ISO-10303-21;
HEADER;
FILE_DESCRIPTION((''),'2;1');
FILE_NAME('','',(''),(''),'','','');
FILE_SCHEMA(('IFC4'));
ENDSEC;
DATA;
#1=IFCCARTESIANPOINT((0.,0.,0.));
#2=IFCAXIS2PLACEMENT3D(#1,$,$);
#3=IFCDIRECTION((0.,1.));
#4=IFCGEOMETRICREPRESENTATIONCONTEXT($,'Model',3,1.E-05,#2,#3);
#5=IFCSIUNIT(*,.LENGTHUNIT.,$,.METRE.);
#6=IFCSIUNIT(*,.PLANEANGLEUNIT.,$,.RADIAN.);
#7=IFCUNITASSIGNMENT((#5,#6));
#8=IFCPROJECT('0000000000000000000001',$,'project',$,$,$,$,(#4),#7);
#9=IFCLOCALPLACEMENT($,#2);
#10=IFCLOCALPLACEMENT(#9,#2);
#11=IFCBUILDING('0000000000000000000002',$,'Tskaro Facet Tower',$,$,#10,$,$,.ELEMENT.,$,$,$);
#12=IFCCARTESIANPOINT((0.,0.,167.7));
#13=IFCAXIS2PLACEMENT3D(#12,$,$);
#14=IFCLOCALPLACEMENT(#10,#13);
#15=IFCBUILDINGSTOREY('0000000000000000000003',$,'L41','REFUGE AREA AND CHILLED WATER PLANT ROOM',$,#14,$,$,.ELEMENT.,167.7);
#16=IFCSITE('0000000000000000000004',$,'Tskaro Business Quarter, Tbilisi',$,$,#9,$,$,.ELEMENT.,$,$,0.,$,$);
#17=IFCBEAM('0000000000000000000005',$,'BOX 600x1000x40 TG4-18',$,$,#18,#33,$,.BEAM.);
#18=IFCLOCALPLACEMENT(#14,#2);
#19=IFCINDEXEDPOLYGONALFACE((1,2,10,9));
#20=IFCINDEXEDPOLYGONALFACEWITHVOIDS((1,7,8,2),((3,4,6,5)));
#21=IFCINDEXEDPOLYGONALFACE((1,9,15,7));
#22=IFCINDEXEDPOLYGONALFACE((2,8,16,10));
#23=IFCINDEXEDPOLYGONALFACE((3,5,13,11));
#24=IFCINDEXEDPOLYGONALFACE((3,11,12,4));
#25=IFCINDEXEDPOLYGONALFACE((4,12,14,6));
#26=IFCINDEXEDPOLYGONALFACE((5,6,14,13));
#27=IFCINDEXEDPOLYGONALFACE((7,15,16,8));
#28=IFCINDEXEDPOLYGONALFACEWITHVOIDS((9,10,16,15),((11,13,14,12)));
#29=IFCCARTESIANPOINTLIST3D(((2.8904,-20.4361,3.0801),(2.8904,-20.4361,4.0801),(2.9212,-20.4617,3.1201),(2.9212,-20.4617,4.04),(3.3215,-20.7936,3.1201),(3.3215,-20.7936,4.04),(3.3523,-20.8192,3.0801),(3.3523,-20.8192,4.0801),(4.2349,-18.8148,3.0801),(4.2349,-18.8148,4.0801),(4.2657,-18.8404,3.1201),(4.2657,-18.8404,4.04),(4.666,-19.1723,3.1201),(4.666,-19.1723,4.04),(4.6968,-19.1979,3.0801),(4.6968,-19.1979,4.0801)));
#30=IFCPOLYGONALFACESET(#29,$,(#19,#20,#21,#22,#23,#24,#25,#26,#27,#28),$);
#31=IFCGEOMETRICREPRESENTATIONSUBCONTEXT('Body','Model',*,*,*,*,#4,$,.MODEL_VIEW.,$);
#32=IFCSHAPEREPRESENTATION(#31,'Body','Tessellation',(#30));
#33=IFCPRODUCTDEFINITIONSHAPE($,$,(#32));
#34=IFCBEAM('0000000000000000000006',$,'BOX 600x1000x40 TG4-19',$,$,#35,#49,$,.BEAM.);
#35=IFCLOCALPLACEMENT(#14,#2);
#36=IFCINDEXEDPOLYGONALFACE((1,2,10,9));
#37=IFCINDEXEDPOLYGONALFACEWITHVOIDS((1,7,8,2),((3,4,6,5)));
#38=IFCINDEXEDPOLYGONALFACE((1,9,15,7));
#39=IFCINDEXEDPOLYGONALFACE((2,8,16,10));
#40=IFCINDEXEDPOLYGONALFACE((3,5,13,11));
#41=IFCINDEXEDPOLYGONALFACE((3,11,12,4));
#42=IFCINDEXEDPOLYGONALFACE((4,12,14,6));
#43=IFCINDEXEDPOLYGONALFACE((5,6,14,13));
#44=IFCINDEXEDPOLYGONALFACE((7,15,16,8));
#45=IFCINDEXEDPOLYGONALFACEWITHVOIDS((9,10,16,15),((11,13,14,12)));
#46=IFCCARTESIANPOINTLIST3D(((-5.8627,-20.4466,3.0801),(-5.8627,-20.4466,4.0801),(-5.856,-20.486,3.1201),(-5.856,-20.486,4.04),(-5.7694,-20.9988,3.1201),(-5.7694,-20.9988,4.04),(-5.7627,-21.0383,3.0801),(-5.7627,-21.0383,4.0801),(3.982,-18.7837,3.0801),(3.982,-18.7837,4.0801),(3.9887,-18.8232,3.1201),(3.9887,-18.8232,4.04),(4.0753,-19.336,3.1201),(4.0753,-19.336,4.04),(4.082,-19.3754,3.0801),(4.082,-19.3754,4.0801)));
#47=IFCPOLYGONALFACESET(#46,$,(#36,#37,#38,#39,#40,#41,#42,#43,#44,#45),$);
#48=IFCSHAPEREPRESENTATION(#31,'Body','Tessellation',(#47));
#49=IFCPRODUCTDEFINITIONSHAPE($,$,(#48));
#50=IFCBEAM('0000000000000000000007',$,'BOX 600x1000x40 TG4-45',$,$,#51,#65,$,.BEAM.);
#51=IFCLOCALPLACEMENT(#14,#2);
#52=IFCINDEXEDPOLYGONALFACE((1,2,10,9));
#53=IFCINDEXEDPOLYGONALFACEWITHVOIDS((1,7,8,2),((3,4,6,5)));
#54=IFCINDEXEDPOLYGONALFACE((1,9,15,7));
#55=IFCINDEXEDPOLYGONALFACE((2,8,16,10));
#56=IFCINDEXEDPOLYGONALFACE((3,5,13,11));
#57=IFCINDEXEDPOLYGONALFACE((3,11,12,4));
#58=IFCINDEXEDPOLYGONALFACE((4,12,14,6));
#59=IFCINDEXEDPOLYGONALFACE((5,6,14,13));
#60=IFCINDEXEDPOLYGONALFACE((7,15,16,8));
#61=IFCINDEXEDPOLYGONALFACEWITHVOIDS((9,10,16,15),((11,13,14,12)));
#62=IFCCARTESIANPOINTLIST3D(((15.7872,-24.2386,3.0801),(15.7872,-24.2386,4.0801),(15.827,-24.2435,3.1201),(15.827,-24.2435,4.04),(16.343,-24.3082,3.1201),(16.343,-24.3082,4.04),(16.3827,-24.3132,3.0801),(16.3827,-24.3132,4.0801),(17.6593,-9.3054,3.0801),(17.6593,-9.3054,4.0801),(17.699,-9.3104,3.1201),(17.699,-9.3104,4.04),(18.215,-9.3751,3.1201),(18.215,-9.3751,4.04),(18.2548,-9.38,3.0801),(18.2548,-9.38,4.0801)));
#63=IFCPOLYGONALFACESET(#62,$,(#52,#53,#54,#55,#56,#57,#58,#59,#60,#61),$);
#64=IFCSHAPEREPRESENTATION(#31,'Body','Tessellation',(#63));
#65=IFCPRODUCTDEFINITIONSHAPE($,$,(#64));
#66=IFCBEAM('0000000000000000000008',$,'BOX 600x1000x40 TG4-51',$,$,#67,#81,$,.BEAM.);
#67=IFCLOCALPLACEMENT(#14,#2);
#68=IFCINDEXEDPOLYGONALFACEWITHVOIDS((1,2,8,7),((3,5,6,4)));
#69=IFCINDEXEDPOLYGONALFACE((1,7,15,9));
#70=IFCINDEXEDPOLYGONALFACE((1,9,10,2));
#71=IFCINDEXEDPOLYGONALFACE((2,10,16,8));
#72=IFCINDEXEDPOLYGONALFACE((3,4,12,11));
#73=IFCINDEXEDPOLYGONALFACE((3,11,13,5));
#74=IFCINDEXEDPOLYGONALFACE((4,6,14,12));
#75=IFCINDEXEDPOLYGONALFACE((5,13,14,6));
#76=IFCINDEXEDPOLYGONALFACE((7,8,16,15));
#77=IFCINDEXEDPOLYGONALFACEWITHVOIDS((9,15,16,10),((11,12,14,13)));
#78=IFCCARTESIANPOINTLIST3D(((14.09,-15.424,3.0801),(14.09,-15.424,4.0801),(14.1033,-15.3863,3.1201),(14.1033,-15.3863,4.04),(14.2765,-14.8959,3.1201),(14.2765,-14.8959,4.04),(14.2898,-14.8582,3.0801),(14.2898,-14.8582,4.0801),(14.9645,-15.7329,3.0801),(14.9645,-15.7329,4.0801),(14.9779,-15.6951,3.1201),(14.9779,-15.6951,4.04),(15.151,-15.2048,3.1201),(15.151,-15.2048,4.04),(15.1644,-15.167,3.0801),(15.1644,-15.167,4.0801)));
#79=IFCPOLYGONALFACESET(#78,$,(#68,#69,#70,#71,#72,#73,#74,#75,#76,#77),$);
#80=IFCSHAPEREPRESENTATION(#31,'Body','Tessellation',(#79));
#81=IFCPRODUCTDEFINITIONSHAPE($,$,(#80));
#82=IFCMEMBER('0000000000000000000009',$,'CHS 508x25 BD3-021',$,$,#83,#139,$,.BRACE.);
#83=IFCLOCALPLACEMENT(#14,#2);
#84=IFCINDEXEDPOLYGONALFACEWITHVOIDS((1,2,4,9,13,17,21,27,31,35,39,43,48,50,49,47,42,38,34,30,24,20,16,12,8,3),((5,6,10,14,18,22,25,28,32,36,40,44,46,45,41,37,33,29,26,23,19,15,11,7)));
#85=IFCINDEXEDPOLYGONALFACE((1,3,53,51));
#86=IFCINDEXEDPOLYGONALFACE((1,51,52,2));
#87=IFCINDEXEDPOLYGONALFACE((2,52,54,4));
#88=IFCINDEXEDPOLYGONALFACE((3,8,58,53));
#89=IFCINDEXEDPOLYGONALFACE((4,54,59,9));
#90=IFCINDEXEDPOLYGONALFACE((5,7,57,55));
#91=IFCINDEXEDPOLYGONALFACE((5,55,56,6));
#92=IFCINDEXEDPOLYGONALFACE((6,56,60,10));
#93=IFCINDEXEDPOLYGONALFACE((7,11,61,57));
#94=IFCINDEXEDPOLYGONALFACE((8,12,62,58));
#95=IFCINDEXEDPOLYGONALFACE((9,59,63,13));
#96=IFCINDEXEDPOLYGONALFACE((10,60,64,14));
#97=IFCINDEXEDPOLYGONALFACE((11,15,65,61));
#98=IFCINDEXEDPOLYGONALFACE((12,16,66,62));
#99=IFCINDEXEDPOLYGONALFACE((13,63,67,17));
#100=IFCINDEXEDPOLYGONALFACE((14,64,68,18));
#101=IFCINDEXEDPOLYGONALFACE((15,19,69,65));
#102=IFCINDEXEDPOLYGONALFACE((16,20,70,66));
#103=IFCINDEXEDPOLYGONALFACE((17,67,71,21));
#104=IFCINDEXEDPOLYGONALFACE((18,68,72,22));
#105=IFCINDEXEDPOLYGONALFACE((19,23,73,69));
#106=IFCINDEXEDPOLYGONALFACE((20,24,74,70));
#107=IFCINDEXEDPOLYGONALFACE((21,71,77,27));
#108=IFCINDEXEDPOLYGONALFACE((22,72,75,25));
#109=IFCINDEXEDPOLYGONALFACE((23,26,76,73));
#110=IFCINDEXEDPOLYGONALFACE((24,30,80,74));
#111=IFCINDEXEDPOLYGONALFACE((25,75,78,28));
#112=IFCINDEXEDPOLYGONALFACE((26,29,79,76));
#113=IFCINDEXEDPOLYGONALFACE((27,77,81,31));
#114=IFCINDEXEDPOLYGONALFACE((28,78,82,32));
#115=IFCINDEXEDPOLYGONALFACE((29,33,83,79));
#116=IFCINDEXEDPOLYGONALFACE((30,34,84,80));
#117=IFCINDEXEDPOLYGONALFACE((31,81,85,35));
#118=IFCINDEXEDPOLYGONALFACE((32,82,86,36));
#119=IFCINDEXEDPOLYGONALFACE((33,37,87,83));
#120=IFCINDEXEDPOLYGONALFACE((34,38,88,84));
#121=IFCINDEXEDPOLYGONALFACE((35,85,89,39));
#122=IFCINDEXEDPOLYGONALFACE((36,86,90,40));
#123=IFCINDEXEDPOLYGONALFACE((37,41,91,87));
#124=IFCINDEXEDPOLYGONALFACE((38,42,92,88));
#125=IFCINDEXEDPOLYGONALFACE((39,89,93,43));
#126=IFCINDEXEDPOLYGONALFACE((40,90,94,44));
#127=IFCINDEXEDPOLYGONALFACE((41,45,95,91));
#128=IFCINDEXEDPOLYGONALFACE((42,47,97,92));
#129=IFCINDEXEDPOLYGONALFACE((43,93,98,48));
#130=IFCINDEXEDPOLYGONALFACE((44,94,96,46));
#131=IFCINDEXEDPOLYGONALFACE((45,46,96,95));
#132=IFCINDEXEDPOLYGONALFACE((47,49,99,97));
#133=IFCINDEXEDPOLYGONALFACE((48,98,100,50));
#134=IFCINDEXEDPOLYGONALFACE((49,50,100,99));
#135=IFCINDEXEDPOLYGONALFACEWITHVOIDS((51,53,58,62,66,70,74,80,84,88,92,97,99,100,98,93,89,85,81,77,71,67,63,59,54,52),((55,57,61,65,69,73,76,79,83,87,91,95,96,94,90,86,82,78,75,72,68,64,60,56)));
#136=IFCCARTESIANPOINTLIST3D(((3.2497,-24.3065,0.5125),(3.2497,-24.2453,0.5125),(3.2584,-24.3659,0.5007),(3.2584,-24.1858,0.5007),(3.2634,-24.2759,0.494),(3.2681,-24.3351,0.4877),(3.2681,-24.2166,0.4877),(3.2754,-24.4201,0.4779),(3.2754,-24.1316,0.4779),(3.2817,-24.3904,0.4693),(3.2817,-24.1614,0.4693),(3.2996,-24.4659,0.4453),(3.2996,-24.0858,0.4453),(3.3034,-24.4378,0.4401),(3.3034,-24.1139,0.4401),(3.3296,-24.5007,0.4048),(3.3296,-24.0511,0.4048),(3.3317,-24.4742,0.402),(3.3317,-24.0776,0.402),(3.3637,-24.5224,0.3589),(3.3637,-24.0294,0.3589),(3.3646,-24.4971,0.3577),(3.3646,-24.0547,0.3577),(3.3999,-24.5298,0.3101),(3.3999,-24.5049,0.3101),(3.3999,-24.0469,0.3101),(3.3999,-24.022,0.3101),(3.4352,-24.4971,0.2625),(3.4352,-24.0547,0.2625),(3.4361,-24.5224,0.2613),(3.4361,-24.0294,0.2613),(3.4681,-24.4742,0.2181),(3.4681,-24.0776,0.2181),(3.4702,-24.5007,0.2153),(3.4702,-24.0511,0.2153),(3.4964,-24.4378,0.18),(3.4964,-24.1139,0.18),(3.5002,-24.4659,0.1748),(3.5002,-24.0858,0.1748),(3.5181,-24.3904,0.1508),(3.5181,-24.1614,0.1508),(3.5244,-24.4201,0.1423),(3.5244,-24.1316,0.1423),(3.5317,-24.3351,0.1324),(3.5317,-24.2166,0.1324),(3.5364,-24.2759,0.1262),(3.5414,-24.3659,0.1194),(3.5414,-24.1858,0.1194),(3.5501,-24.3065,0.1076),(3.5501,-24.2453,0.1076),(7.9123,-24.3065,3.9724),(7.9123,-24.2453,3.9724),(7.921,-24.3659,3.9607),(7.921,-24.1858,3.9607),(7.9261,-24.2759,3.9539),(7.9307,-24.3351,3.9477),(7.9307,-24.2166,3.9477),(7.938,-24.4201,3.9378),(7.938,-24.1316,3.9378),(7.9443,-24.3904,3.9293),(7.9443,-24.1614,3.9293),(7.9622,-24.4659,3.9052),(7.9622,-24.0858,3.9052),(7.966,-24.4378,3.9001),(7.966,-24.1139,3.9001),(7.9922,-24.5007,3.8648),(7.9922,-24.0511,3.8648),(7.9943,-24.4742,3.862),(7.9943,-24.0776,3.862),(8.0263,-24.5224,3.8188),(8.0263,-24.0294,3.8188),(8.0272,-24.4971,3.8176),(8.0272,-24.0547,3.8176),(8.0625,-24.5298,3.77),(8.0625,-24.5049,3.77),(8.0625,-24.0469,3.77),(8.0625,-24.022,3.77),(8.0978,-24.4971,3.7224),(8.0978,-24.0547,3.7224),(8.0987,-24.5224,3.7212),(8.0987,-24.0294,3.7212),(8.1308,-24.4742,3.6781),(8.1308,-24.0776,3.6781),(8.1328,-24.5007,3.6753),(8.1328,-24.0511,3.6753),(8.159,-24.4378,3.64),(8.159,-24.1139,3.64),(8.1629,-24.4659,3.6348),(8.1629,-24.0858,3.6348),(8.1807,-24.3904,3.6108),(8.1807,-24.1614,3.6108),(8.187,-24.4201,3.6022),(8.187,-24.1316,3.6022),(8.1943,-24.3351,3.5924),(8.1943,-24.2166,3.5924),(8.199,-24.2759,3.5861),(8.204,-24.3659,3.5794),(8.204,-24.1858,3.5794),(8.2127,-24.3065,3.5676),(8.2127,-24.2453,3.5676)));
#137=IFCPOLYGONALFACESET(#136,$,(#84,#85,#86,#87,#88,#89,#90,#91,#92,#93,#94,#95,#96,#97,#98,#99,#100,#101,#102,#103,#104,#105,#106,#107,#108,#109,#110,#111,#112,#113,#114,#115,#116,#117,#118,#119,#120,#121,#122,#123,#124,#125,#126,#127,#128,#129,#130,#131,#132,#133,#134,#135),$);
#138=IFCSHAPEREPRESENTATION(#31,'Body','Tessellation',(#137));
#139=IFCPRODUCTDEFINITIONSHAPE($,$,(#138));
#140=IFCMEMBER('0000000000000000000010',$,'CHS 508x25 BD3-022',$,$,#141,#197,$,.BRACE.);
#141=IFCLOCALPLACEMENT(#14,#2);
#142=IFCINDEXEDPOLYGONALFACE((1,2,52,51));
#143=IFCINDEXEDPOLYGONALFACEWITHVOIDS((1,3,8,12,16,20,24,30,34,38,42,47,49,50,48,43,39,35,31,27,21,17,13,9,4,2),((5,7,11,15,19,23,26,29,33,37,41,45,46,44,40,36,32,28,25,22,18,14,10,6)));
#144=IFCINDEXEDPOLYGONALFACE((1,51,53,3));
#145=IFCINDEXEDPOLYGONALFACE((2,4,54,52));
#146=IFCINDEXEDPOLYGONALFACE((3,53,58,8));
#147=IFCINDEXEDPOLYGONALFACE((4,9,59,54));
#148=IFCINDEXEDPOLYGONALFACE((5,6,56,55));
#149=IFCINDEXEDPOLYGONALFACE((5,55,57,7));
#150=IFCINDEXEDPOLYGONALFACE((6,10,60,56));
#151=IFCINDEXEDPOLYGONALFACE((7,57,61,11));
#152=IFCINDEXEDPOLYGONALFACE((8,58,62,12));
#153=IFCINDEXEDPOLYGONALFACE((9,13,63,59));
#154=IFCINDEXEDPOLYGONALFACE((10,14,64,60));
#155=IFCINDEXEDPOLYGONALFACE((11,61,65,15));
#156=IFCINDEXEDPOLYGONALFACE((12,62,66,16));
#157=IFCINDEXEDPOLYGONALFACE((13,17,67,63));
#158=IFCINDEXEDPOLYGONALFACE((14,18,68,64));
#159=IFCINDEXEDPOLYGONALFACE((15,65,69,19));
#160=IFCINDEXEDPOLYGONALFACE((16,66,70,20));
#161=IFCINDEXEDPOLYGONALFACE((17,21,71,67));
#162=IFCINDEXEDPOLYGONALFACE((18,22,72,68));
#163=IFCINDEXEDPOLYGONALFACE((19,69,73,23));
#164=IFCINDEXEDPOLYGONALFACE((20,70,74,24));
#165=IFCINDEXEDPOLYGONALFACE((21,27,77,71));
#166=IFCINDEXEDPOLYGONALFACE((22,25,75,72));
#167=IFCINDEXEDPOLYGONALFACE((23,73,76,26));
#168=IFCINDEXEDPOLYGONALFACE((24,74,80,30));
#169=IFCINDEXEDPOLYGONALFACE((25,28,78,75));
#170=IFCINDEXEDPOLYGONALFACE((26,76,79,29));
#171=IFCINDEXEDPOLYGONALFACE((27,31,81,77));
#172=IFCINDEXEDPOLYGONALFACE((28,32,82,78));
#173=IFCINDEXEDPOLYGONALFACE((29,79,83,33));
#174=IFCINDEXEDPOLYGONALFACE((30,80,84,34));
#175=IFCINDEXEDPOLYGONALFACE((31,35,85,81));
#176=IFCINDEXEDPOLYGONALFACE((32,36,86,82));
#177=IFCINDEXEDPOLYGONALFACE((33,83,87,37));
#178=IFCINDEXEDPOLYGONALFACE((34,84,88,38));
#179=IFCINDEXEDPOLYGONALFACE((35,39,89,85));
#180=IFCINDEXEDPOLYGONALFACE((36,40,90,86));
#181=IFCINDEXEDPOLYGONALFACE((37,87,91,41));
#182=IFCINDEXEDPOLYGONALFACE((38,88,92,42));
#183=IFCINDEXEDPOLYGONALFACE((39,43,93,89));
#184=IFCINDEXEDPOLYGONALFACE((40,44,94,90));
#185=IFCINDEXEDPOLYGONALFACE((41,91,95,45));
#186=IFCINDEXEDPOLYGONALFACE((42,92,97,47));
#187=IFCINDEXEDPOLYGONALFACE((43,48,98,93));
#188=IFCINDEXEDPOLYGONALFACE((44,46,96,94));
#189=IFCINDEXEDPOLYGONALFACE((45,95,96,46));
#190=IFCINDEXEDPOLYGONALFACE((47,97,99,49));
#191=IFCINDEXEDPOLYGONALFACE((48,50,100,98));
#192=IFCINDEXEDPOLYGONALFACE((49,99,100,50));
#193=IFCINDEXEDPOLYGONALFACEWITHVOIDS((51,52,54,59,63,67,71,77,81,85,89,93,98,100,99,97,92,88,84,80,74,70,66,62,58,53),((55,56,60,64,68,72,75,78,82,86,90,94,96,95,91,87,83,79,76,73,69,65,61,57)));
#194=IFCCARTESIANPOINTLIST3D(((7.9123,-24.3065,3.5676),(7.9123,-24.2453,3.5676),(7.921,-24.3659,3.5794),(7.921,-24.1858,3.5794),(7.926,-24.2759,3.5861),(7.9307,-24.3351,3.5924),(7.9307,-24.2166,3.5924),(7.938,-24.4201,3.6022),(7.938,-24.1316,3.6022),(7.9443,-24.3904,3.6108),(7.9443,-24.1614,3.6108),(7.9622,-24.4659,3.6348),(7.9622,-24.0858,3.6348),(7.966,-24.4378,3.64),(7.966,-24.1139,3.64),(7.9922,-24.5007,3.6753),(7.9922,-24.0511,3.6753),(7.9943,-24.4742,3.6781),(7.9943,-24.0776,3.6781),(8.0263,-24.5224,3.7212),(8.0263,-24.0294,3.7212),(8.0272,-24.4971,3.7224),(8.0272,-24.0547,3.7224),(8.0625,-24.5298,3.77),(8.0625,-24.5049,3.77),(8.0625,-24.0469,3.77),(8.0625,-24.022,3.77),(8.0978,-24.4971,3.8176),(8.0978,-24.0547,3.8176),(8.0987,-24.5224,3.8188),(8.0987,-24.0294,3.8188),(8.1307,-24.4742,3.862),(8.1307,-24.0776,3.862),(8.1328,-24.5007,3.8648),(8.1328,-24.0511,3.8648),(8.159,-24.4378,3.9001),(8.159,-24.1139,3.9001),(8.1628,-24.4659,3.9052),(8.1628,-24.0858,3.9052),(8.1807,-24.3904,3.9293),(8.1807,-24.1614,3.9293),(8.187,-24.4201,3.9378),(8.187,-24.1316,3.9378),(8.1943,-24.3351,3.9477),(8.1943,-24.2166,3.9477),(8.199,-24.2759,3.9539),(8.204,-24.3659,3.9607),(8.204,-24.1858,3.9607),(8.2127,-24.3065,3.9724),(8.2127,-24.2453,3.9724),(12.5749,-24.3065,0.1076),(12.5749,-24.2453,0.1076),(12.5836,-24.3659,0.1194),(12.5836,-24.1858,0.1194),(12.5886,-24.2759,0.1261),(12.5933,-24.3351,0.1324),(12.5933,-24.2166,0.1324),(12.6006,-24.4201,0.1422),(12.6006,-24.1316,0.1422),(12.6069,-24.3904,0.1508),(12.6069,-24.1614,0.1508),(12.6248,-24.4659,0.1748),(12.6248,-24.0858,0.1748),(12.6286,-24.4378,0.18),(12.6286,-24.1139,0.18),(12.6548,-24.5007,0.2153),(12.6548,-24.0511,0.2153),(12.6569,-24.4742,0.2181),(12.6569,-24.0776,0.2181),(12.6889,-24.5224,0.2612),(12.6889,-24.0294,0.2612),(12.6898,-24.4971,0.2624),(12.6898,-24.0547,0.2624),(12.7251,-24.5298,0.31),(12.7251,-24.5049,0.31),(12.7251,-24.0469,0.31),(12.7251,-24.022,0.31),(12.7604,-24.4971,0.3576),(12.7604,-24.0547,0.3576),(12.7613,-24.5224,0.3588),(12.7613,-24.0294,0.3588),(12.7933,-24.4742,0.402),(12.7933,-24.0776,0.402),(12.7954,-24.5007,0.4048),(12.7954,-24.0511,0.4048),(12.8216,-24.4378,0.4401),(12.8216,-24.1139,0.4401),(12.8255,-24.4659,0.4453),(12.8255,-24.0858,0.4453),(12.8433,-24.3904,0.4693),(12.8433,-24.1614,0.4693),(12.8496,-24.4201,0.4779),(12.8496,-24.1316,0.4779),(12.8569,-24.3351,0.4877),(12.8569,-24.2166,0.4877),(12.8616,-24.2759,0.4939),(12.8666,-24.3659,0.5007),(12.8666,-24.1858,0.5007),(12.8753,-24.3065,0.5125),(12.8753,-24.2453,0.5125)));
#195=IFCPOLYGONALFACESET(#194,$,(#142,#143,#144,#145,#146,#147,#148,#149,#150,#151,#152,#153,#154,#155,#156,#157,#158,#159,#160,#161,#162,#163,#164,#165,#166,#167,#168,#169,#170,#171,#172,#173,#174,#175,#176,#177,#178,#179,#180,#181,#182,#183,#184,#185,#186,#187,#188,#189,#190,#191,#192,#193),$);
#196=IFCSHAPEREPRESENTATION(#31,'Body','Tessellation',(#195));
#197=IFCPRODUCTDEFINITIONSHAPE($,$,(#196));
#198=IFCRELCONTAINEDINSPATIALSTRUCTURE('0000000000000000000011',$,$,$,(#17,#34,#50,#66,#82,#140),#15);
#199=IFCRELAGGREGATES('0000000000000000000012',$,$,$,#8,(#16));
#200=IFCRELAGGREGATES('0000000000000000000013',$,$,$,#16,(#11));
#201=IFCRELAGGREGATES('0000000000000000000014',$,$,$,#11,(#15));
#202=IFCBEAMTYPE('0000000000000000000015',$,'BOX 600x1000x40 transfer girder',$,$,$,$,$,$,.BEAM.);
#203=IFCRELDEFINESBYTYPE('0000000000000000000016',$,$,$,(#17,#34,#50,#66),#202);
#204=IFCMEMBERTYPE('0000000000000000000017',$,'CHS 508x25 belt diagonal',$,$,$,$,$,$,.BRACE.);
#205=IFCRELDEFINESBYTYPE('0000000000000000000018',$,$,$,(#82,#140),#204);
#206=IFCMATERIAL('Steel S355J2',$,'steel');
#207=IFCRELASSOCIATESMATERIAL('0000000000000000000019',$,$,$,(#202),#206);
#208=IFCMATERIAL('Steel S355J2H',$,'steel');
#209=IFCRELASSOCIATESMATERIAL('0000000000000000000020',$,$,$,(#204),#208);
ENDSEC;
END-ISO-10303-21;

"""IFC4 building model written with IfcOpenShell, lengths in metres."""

from ifc_helpers import new_model, si_unit, direction, frame, origin, origin_2d, place, context, subcontext, project, spatial, hollow_rectangle, hollow_circle, extrude, material, material_profile, profile_set, type_object, element, save


model = new_model("IFC4")

# Units and contexts
model_context = context("Model", 3, precision=1e-05, world=origin(), true_north=direction((0.0, 1.0)))
body_context = subcontext(model_context, "Body", "Model", "MODEL_VIEW")
ifc_project = project(units=[si_unit("LENGTHUNIT", "METRE"), si_unit("PLANEANGLEUNIT", "RADIAN")], contexts=[model_context])

# Site, building, storey
site_placement = place(None, origin())
site = spatial("IfcSite", under=ifc_project, at=site_placement, Name="Tskaro Business Quarter, Tbilisi", CompositionType="ELEMENT", RefElevation=0.0)
building_placement = place(site_placement, origin())
building = spatial("IfcBuilding", under=site, at=building_placement, Name="Tskaro Facet Tower", CompositionType="ELEMENT")
storey_placement = place(building_placement, frame((0.0, 0.0, 167.7)))
storey = spatial("IfcBuildingStorey", under=building, at=storey_placement, Name="L41", Description="REFUGE AREA AND CHILLED WATER PLANT ROOM", CompositionType="ELEMENT", Elevation=167.7)

# Shared definitions
ifc_material_1 = material(Name="Steel S355J2H", Category="steel")

# Beams
ifc_material_2 = material(Name="Steel S355J2", Category="steel")
ifc_material_profile_1 = material_profile(ifc_material_2, hollow_rectangle(XDim=0.6001, YDim=1.0, WallThickness=0.04, at=origin_2d()), Name="BOX 600x1000x40")
ifc_profile_set_1 = profile_set([ifc_material_profile_1], Name="Steel S355J2")
beam_type_1 = type_object("IfcBeamType", Name="BOX 600x1000x40 transfer girder", PredefinedType="BEAM", material=ifc_profile_set_1)
beam_1_placement = place(storey_placement, frame((4.4658, -19.0063, 3.5801), z_axis=(-0.638324, -0.769768, 0.0), x_axis=(0.769768, -0.638324, 0.0)))
element("IfcBeam", 1, at=beam_1_placement, inside=storey, type_object=beam_type_1, Name="BOX 600x1000x40 TG4-18", PredefinedType="BEAM", context=body_context, shape_type="SweptSolid", body=[
    extrude(hollow_rectangle(XDim=0.6001, YDim=1.0, WallThickness=0.04, at=origin_2d()), origin(), (0.0, 0.0, 1.0), 2.1062),
])
beam_2_placement = place(storey_placement, frame((4.032, -19.0796, 3.5801), z_axis=(-0.986033, -0.166548, 0.0), x_axis=(0.166548, -0.986033, 0.0)))
element("IfcBeam", 2, at=beam_2_placement, inside=storey, type_object=beam_type_1, Name="BOX 600x1000x40 TG4-19", PredefinedType="BEAM", context=body_context, shape_type="SweptSolid", body=[
    extrude(hollow_rectangle(XDim=0.6001, YDim=1.0, WallThickness=0.04, at=origin_2d()), origin(), (0.0, 0.0, 1.0), 9.9841),
])
beam_3_placement = place(storey_placement, frame((16.085, -24.2759, 3.5801), z_axis=(0.12439, 0.992233, 0.0), x_axis=(-0.992233, 0.12439, 0.0)))
element("IfcBeam", 3, at=beam_3_placement, inside=storey, type_object=beam_type_1, Name="BOX 600x1000x40 TG4-45", PredefinedType="BEAM", context=body_context, shape_type="SweptSolid", body=[
    extrude(hollow_rectangle(XDim=0.6001, YDim=1.0, WallThickness=0.04, at=origin_2d()), origin(), (0.0, 0.0, 1.0), 15.05),
])
beam_4_placement = place(storey_placement, frame((15.0645, -15.45, 3.5801), z_axis=(-0.942927, 0.332999, 0.0), x_axis=(-0.332999, -0.942927, 0.0)))
element("IfcBeam", 4, at=beam_4_placement, inside=storey, type_object=beam_type_1, Name="BOX 600x1000x40 TG4-51", PredefinedType="BEAM", context=body_context, shape_type="SweptSolid", body=[
    extrude(hollow_rectangle(XDim=0.6001, YDim=1.0, WallThickness=0.04, at=origin_2d()), origin(), (0.0, 0.0, 1.0), 0.9275),
])

# Members
ifc_material_profile_2 = material_profile(ifc_material_1, hollow_circle(Radius=0.2539, WallThickness=0.0249, at=origin_2d()), Name="CHS 508x25")
ifc_profile_set_2 = profile_set([ifc_material_profile_2], Name="Steel S355J2H")
member_type_1 = type_object("IfcMemberType", Name="CHS 508x25 belt diagonal", PredefinedType="BRACE", material=ifc_profile_set_2)
for number, where, z_axis, x_axis, name in (
    (5, (3.3999, -24.2759, 0.3101), (0.803047, 0.0, 0.595915), (0.0, 1.0, 0.0), "CHS 508x25 BD3-021"),
    (6, (8.0625, -24.2759, 3.77), (0.803047, 0.0, -0.595915), (0.0, 1.0, 0.0), "CHS 508x25 BD3-022"),
):
    element("IfcMember", number, at=place(storey_placement, frame(where, z_axis=z_axis, x_axis=x_axis)), inside=storey, type_object=member_type_1, Name=name, PredefinedType="BRACE", context=body_context, shape_type="SweptSolid", body=[
        extrude(hollow_circle(Radius=0.2539, WallThickness=0.0249, at=origin_2d()), origin(), (0.0, 0.0, 1.0), 5.8062),
    ])

save(model, "model.ifc")
